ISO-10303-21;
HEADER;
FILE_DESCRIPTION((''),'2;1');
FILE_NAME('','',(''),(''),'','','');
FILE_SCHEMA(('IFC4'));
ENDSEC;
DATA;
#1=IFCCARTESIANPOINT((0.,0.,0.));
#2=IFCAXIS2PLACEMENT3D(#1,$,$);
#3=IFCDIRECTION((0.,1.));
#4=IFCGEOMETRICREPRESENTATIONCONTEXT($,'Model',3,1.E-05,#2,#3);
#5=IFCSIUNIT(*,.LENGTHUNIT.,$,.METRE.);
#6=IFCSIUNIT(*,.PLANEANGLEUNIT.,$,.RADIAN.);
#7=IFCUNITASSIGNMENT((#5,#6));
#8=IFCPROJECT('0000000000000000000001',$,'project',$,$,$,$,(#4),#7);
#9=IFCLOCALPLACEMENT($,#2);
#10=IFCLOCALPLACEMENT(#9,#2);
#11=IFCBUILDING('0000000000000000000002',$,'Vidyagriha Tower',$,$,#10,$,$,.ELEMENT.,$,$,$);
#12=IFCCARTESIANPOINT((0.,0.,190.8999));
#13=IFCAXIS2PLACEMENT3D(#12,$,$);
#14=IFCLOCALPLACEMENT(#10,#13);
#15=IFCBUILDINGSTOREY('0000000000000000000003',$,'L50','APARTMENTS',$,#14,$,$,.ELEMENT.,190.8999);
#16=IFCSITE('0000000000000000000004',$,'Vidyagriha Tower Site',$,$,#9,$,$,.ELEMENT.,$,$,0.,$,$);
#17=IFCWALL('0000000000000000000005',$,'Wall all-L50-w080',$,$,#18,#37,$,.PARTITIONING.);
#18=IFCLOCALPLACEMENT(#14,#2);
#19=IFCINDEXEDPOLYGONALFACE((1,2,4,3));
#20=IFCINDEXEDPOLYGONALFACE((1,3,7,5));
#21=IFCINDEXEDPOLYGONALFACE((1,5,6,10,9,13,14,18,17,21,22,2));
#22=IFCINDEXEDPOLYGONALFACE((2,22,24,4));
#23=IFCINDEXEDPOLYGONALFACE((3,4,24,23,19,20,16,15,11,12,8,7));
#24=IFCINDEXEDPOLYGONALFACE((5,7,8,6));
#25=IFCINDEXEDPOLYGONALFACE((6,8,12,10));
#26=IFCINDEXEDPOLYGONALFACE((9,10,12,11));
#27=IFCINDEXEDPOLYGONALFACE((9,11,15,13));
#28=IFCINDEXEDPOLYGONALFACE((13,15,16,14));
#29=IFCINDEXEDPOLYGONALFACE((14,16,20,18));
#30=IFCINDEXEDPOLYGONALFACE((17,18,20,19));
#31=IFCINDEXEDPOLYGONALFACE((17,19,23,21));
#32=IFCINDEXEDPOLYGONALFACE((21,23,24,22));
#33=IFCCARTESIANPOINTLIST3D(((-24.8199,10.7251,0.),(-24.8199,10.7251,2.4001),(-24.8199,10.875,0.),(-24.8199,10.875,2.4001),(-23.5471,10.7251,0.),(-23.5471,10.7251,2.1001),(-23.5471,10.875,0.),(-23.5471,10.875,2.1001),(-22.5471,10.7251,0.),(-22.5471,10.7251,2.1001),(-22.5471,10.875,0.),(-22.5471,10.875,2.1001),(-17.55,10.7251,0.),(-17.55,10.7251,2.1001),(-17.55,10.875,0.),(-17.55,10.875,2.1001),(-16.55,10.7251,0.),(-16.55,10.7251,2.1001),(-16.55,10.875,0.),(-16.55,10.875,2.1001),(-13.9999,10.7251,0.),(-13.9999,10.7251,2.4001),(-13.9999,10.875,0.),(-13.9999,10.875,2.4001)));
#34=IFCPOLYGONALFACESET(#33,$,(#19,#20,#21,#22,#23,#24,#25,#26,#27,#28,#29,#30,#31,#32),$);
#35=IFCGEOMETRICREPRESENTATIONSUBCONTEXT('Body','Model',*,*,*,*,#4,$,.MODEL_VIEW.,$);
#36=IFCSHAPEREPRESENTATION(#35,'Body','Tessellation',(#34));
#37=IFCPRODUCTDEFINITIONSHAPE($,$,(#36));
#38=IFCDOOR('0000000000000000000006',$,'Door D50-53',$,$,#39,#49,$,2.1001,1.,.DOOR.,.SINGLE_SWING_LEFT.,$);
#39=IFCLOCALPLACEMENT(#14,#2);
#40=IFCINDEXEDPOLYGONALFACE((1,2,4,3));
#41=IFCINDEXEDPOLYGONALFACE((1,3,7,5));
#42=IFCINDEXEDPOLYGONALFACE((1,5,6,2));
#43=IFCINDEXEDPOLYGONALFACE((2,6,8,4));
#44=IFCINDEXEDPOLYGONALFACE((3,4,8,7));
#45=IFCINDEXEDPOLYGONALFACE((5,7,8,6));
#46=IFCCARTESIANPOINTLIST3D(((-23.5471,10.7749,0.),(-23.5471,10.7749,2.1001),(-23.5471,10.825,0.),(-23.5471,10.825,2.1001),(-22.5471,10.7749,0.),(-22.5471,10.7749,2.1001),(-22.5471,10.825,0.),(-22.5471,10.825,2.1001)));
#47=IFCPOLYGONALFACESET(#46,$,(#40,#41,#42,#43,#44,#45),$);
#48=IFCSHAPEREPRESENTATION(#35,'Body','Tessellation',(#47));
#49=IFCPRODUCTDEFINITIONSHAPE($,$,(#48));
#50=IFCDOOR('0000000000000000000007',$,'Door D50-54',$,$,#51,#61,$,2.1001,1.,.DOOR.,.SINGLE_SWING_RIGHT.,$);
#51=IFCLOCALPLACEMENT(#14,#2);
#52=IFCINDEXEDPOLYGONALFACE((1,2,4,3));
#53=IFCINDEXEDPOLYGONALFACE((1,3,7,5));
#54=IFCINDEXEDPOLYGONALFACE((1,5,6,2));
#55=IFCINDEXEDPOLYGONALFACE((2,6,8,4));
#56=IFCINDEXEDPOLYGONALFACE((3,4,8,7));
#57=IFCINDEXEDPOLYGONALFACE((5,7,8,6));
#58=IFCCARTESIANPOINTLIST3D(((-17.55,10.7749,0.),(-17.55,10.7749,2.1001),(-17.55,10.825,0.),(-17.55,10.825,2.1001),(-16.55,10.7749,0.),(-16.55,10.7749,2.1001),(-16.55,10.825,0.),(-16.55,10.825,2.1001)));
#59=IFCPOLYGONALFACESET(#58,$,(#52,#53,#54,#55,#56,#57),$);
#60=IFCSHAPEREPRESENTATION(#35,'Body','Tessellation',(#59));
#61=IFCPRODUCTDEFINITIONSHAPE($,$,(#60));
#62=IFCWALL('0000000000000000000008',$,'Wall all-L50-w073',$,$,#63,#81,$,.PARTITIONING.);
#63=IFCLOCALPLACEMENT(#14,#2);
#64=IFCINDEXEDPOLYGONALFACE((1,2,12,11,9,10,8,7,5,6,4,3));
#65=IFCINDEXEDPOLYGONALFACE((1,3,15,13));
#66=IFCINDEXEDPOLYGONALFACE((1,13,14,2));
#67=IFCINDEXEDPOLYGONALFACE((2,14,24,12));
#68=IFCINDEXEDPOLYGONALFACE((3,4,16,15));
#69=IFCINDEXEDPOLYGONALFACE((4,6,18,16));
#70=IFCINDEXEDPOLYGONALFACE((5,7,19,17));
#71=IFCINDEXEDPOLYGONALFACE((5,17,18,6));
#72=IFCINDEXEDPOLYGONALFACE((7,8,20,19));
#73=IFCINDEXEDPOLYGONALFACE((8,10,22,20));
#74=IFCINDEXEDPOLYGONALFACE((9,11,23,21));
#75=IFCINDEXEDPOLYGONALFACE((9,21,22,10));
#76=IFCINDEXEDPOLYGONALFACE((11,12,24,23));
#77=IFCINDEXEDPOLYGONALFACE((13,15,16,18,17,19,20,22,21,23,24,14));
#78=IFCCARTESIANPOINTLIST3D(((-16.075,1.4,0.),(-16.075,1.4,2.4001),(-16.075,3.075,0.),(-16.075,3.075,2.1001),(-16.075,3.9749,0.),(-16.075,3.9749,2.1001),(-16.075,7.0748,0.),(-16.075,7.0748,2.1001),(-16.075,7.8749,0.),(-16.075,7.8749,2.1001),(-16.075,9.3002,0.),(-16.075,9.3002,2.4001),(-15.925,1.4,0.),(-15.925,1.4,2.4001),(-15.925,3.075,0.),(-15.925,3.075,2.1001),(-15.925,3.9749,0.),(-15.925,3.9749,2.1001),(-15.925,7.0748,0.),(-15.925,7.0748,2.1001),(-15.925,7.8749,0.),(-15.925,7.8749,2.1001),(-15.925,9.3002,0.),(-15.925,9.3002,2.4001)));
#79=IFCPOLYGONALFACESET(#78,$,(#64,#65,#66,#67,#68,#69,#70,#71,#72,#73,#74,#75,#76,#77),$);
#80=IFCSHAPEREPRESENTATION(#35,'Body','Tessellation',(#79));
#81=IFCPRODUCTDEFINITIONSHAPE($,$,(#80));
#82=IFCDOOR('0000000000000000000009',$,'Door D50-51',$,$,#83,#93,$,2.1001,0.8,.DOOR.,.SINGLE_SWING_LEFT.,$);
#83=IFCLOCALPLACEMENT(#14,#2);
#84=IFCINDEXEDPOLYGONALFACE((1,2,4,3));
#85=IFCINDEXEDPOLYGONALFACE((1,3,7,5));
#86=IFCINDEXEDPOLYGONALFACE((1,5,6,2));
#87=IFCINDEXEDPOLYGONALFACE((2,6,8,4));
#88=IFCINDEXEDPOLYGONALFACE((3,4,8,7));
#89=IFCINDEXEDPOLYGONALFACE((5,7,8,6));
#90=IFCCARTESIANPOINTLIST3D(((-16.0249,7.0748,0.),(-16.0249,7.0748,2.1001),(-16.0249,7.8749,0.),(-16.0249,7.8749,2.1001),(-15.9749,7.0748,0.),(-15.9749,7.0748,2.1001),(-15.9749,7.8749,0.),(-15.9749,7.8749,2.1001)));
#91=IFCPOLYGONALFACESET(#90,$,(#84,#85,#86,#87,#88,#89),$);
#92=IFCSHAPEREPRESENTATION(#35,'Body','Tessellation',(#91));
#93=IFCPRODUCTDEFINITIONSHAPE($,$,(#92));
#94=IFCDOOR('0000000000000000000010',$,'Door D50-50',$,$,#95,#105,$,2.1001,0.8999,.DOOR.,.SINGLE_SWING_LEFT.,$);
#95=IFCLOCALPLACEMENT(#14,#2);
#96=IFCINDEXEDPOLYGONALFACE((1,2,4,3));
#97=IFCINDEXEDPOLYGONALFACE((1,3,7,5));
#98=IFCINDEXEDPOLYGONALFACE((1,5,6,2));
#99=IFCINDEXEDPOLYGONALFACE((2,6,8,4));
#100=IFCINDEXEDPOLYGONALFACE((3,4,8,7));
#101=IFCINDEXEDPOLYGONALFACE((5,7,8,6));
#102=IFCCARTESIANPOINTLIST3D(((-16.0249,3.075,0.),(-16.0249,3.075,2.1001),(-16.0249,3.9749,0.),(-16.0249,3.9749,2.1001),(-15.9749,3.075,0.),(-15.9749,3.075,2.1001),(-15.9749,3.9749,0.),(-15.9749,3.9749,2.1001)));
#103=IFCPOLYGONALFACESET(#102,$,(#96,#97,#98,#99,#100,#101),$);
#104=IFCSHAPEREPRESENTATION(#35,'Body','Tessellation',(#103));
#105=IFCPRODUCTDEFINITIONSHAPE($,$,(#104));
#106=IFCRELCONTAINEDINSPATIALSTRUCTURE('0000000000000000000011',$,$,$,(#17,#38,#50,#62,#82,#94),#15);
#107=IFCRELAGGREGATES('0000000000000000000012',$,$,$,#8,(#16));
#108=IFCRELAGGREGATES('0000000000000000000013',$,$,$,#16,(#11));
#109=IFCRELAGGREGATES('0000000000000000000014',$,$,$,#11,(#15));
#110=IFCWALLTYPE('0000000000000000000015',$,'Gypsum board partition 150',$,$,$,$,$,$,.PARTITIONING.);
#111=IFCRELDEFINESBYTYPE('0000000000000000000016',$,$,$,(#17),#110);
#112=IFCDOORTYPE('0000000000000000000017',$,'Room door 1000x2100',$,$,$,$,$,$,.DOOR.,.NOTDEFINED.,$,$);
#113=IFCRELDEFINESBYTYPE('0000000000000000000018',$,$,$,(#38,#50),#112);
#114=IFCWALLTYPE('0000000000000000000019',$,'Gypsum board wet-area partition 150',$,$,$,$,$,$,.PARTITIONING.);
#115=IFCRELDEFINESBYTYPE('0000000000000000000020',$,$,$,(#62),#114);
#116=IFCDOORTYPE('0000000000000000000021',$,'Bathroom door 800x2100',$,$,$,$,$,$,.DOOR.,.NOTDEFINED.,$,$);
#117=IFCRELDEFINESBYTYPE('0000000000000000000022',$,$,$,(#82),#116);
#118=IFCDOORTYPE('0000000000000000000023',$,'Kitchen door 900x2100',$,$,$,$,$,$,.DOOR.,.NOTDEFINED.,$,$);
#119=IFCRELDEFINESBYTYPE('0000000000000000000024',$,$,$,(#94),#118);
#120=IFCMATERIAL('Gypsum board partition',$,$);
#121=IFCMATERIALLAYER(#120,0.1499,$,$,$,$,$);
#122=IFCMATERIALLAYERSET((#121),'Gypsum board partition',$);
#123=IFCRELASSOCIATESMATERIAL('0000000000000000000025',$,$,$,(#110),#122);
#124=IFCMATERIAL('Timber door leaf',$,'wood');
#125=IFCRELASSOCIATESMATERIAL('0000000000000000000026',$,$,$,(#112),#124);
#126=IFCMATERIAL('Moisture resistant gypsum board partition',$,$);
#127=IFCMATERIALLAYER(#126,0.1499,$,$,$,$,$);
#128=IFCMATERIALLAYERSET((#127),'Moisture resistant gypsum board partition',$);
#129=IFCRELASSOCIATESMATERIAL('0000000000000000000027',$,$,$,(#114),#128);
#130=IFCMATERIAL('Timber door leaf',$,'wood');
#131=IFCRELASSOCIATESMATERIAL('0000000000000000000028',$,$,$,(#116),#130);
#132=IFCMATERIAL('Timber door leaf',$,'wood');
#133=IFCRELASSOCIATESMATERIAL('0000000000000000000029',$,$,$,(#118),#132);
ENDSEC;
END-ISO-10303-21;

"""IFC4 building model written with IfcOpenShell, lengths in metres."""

from ifc_helpers import new_model, si_unit, direction, frame, frame_2d, origin, place, context, subcontext, project, spatial, rectangle, extrude, material, layer, layer_set, type_object, element, fill, save


model = new_model("IFC4")

# Units and contexts
model_context = context("Model", 3, precision=1e-05, world=origin(), true_north=direction((0.0, 1.0)))
body_context = subcontext(model_context, "Body", "Model", "MODEL_VIEW")
ifc_project = project(units=[si_unit("LENGTHUNIT", "METRE"), si_unit("PLANEANGLEUNIT", "RADIAN")], contexts=[model_context])

# Site, building, storey
site_placement = place(None, origin())
site = spatial("IfcSite", under=ifc_project, at=site_placement, Name="Vidyagriha Tower Site", CompositionType="ELEMENT", RefElevation=0.0)
building_placement = place(site_placement, origin())
building = spatial("IfcBuilding", under=site, at=building_placement, Name="Vidyagriha Tower", CompositionType="ELEMENT")
storey_placement = place(building_placement, frame((0.0, 0.0, 190.8999)))
storey = spatial("IfcBuildingStorey", under=building, at=storey_placement, Name="L50", Description="APARTMENTS", CompositionType="ELEMENT", Elevation=190.8999)

# Shared definitions
ifc_material_1 = material(Name="Gypsum board partition")
ifc_layer_1 = layer(ifc_material_1, 0.1499)
ifc_layer_set_1 = layer_set([ifc_layer_1], Name="Gypsum board partition")
wall_type_1 = type_object("IfcWallType", Name="Gypsum board partition 150", PredefinedType="PARTITIONING", material=ifc_layer_set_1)

# Walls, openings, doors
wall_1_placement = place(storey_placement, frame((-24.8201, 10.8, 0.0)))
wall_1 = element("IfcWall", 1, at=wall_1_placement, inside=storey, type_object=wall_type_1, Name="Wall all-L50-w080", PredefinedType="PARTITIONING", context=body_context, shape_type="SweptSolid", body=[
    extrude(rectangle(XDim=10.8201, YDim=0.1499, at=frame_2d((5.4102, 0.0))), origin(), (0.0, 0.0, 1.0), 2.4001),
])
opening_1_placement = place(wall_1_placement, frame((1.2729, 0.0, 0.0)))
opening_1 = element("IfcOpeningElement", 2, at=opening_1_placement, cuts=wall_1, PredefinedType="OPENING", context=body_context, shape_type="SweptSolid", body=[
    extrude(rectangle(XDim=1.0, YDim=2.1001, at=frame_2d((0.5, 1.05))), frame((0.0, 0.085, 0.0), z_axis=(0.0, -1.0, 0.0), x_axis=(1.0, 0.0, 0.0)), (0.0, 0.0, 1.0), 0.1699),
])
opening_2_placement = place(wall_1_placement, frame((7.27, 0.0, 0.0)))
opening_2 = element("IfcOpeningElement", 3, at=opening_2_placement, cuts=wall_1, PredefinedType="OPENING", context=body_context, shape_type="SweptSolid", body=[
    extrude(rectangle(XDim=1.0, YDim=2.1001, at=frame_2d((0.5, 1.05))), frame((0.0, 0.085, 0.0), z_axis=(0.0, -1.0, 0.0), x_axis=(1.0, 0.0, 0.0)), (0.0, 0.0, 1.0), 0.1699),
])
ifc_material_2 = material(Name="Timber door leaf", Category="wood")
door_type_1 = type_object("IfcDoorType", Name="Room door 1000x2100", OperationType="NOTDEFINED", PredefinedType="DOOR", material=ifc_material_2)
door_1_placement = place(opening_1_placement, origin())
door_1 = element("IfcDoor", 4, at=door_1_placement, inside=storey, type_object=door_type_1, Name="Door D50-53", OperationType="SINGLE_SWING_LEFT", OverallHeight=2.1001, OverallWidth=1.0, PredefinedType="DOOR", context=body_context, shape_type="SweptSolid", body=[
    extrude(rectangle(XDim=1.0, YDim=2.1001, at=frame_2d((0.5, 1.05))), frame((0.0, 0.0249, 0.0), z_axis=(0.0, -1.0, 0.0), x_axis=(1.0, 0.0, 0.0)), (0.0, 0.0, 1.0), 0.05),
])
fill(opening_1, door_1)
door_2_placement = place(opening_2_placement, origin())
door_2 = element("IfcDoor", 5, at=door_2_placement, inside=storey, type_object=door_type_1, Name="Door D50-54", OperationType="SINGLE_SWING_RIGHT", OverallHeight=2.1001, OverallWidth=1.0, PredefinedType="DOOR", context=body_context, shape_type="SweptSolid", body=[
    extrude(rectangle(XDim=1.0, YDim=2.1001, at=frame_2d((0.5, 1.05))), frame((0.0, 0.0249, 0.0), z_axis=(0.0, -1.0, 0.0), x_axis=(1.0, 0.0, 0.0)), (0.0, 0.0, 1.0), 0.05),
])
fill(opening_2, door_2)
ifc_material_3 = material(Name="Moisture resistant gypsum board partition")
ifc_layer_2 = layer(ifc_material_3, 0.1499)
ifc_layer_set_2 = layer_set([ifc_layer_2], Name="Moisture resistant gypsum board partition")
wall_type_2 = type_object("IfcWallType", Name="Gypsum board wet-area partition 150", PredefinedType="PARTITIONING", material=ifc_layer_set_2)
wall_2_placement = place(storey_placement, frame((-16.0, 1.3999, 0.0), z_axis=(0.0, 0.0, 1.0), x_axis=(0.0, 1.0, 0.0)))
wall_2 = element("IfcWall", 6, at=wall_2_placement, inside=storey, type_object=wall_type_2, Name="Wall all-L50-w073", PredefinedType="PARTITIONING", context=body_context, shape_type="SweptSolid", body=[
    extrude(rectangle(XDim=7.9001, YDim=0.1499, at=frame_2d((3.9502, 0.0))), origin(), (0.0, 0.0, 1.0), 2.4001),
])
opening_3_placement = place(wall_2_placement, frame((1.675, 0.0, 0.0)))
opening_3 = element("IfcOpeningElement", 7, at=opening_3_placement, cuts=wall_2, PredefinedType="OPENING", context=body_context, shape_type="SweptSolid", body=[
    extrude(rectangle(XDim=0.8999, YDim=2.1001, at=frame_2d((0.45, 1.05))), frame((0.0, 0.085, 0.0), z_axis=(0.0, -1.0, 0.0), x_axis=(1.0, 0.0, 0.0)), (0.0, 0.0, 1.0), 0.1699),
])
opening_4_placement = place(wall_2_placement, frame((5.675, 0.0, 0.0)))
opening_4 = element("IfcOpeningElement", 8, at=opening_4_placement, cuts=wall_2, PredefinedType="OPENING", context=body_context, shape_type="SweptSolid", body=[
    extrude(rectangle(XDim=0.8, YDim=2.1001, at=frame_2d((0.3999, 1.05))), frame((0.0, 0.085, 0.0), z_axis=(0.0, -1.0, 0.0), x_axis=(1.0, 0.0, 0.0)), (0.0, 0.0, 1.0), 0.1699),
])
ifc_material_4 = material(Name="Timber door leaf", Category="wood")
door_type_2 = type_object("IfcDoorType", Name="Bathroom door 800x2100", OperationType="NOTDEFINED", PredefinedType="DOOR", material=ifc_material_4)
door_3_placement = place(opening_4_placement, origin())
door_3 = element("IfcDoor", 9, at=door_3_placement, inside=storey, type_object=door_type_2, Name="Door D50-51", OperationType="SINGLE_SWING_LEFT", OverallHeight=2.1001, OverallWidth=0.8, PredefinedType="DOOR", context=body_context, shape_type="SweptSolid", body=[
    extrude(rectangle(XDim=0.8, YDim=2.1001, at=frame_2d((0.3999, 1.05))), frame((0.0, 0.0249, 0.0), z_axis=(0.0, -1.0, 0.0), x_axis=(1.0, 0.0, 0.0)), (0.0, 0.0, 1.0), 0.05),
])
fill(opening_4, door_3)
ifc_material_5 = material(Name="Timber door leaf", Category="wood")
door_type_3 = type_object("IfcDoorType", Name="Kitchen door 900x2100", OperationType="NOTDEFINED", PredefinedType="DOOR", material=ifc_material_5)
door_4_placement = place(opening_3_placement, origin())
door_4 = element("IfcDoor", 10, at=door_4_placement, inside=storey, type_object=door_type_3, Name="Door D50-50", OperationType="SINGLE_SWING_LEFT", OverallHeight=2.1001, OverallWidth=0.8999, PredefinedType="DOOR", context=body_context, shape_type="SweptSolid", body=[
    extrude(rectangle(XDim=0.8999, YDim=2.1001, at=frame_2d((0.45, 1.05))), frame((0.0, 0.0249, 0.0), z_axis=(0.0, -1.0, 0.0), x_axis=(1.0, 0.0, 0.0)), (0.0, 0.0, 1.0), 0.05),
])
fill(opening_3, door_4)

save(model, "model.ifc")
